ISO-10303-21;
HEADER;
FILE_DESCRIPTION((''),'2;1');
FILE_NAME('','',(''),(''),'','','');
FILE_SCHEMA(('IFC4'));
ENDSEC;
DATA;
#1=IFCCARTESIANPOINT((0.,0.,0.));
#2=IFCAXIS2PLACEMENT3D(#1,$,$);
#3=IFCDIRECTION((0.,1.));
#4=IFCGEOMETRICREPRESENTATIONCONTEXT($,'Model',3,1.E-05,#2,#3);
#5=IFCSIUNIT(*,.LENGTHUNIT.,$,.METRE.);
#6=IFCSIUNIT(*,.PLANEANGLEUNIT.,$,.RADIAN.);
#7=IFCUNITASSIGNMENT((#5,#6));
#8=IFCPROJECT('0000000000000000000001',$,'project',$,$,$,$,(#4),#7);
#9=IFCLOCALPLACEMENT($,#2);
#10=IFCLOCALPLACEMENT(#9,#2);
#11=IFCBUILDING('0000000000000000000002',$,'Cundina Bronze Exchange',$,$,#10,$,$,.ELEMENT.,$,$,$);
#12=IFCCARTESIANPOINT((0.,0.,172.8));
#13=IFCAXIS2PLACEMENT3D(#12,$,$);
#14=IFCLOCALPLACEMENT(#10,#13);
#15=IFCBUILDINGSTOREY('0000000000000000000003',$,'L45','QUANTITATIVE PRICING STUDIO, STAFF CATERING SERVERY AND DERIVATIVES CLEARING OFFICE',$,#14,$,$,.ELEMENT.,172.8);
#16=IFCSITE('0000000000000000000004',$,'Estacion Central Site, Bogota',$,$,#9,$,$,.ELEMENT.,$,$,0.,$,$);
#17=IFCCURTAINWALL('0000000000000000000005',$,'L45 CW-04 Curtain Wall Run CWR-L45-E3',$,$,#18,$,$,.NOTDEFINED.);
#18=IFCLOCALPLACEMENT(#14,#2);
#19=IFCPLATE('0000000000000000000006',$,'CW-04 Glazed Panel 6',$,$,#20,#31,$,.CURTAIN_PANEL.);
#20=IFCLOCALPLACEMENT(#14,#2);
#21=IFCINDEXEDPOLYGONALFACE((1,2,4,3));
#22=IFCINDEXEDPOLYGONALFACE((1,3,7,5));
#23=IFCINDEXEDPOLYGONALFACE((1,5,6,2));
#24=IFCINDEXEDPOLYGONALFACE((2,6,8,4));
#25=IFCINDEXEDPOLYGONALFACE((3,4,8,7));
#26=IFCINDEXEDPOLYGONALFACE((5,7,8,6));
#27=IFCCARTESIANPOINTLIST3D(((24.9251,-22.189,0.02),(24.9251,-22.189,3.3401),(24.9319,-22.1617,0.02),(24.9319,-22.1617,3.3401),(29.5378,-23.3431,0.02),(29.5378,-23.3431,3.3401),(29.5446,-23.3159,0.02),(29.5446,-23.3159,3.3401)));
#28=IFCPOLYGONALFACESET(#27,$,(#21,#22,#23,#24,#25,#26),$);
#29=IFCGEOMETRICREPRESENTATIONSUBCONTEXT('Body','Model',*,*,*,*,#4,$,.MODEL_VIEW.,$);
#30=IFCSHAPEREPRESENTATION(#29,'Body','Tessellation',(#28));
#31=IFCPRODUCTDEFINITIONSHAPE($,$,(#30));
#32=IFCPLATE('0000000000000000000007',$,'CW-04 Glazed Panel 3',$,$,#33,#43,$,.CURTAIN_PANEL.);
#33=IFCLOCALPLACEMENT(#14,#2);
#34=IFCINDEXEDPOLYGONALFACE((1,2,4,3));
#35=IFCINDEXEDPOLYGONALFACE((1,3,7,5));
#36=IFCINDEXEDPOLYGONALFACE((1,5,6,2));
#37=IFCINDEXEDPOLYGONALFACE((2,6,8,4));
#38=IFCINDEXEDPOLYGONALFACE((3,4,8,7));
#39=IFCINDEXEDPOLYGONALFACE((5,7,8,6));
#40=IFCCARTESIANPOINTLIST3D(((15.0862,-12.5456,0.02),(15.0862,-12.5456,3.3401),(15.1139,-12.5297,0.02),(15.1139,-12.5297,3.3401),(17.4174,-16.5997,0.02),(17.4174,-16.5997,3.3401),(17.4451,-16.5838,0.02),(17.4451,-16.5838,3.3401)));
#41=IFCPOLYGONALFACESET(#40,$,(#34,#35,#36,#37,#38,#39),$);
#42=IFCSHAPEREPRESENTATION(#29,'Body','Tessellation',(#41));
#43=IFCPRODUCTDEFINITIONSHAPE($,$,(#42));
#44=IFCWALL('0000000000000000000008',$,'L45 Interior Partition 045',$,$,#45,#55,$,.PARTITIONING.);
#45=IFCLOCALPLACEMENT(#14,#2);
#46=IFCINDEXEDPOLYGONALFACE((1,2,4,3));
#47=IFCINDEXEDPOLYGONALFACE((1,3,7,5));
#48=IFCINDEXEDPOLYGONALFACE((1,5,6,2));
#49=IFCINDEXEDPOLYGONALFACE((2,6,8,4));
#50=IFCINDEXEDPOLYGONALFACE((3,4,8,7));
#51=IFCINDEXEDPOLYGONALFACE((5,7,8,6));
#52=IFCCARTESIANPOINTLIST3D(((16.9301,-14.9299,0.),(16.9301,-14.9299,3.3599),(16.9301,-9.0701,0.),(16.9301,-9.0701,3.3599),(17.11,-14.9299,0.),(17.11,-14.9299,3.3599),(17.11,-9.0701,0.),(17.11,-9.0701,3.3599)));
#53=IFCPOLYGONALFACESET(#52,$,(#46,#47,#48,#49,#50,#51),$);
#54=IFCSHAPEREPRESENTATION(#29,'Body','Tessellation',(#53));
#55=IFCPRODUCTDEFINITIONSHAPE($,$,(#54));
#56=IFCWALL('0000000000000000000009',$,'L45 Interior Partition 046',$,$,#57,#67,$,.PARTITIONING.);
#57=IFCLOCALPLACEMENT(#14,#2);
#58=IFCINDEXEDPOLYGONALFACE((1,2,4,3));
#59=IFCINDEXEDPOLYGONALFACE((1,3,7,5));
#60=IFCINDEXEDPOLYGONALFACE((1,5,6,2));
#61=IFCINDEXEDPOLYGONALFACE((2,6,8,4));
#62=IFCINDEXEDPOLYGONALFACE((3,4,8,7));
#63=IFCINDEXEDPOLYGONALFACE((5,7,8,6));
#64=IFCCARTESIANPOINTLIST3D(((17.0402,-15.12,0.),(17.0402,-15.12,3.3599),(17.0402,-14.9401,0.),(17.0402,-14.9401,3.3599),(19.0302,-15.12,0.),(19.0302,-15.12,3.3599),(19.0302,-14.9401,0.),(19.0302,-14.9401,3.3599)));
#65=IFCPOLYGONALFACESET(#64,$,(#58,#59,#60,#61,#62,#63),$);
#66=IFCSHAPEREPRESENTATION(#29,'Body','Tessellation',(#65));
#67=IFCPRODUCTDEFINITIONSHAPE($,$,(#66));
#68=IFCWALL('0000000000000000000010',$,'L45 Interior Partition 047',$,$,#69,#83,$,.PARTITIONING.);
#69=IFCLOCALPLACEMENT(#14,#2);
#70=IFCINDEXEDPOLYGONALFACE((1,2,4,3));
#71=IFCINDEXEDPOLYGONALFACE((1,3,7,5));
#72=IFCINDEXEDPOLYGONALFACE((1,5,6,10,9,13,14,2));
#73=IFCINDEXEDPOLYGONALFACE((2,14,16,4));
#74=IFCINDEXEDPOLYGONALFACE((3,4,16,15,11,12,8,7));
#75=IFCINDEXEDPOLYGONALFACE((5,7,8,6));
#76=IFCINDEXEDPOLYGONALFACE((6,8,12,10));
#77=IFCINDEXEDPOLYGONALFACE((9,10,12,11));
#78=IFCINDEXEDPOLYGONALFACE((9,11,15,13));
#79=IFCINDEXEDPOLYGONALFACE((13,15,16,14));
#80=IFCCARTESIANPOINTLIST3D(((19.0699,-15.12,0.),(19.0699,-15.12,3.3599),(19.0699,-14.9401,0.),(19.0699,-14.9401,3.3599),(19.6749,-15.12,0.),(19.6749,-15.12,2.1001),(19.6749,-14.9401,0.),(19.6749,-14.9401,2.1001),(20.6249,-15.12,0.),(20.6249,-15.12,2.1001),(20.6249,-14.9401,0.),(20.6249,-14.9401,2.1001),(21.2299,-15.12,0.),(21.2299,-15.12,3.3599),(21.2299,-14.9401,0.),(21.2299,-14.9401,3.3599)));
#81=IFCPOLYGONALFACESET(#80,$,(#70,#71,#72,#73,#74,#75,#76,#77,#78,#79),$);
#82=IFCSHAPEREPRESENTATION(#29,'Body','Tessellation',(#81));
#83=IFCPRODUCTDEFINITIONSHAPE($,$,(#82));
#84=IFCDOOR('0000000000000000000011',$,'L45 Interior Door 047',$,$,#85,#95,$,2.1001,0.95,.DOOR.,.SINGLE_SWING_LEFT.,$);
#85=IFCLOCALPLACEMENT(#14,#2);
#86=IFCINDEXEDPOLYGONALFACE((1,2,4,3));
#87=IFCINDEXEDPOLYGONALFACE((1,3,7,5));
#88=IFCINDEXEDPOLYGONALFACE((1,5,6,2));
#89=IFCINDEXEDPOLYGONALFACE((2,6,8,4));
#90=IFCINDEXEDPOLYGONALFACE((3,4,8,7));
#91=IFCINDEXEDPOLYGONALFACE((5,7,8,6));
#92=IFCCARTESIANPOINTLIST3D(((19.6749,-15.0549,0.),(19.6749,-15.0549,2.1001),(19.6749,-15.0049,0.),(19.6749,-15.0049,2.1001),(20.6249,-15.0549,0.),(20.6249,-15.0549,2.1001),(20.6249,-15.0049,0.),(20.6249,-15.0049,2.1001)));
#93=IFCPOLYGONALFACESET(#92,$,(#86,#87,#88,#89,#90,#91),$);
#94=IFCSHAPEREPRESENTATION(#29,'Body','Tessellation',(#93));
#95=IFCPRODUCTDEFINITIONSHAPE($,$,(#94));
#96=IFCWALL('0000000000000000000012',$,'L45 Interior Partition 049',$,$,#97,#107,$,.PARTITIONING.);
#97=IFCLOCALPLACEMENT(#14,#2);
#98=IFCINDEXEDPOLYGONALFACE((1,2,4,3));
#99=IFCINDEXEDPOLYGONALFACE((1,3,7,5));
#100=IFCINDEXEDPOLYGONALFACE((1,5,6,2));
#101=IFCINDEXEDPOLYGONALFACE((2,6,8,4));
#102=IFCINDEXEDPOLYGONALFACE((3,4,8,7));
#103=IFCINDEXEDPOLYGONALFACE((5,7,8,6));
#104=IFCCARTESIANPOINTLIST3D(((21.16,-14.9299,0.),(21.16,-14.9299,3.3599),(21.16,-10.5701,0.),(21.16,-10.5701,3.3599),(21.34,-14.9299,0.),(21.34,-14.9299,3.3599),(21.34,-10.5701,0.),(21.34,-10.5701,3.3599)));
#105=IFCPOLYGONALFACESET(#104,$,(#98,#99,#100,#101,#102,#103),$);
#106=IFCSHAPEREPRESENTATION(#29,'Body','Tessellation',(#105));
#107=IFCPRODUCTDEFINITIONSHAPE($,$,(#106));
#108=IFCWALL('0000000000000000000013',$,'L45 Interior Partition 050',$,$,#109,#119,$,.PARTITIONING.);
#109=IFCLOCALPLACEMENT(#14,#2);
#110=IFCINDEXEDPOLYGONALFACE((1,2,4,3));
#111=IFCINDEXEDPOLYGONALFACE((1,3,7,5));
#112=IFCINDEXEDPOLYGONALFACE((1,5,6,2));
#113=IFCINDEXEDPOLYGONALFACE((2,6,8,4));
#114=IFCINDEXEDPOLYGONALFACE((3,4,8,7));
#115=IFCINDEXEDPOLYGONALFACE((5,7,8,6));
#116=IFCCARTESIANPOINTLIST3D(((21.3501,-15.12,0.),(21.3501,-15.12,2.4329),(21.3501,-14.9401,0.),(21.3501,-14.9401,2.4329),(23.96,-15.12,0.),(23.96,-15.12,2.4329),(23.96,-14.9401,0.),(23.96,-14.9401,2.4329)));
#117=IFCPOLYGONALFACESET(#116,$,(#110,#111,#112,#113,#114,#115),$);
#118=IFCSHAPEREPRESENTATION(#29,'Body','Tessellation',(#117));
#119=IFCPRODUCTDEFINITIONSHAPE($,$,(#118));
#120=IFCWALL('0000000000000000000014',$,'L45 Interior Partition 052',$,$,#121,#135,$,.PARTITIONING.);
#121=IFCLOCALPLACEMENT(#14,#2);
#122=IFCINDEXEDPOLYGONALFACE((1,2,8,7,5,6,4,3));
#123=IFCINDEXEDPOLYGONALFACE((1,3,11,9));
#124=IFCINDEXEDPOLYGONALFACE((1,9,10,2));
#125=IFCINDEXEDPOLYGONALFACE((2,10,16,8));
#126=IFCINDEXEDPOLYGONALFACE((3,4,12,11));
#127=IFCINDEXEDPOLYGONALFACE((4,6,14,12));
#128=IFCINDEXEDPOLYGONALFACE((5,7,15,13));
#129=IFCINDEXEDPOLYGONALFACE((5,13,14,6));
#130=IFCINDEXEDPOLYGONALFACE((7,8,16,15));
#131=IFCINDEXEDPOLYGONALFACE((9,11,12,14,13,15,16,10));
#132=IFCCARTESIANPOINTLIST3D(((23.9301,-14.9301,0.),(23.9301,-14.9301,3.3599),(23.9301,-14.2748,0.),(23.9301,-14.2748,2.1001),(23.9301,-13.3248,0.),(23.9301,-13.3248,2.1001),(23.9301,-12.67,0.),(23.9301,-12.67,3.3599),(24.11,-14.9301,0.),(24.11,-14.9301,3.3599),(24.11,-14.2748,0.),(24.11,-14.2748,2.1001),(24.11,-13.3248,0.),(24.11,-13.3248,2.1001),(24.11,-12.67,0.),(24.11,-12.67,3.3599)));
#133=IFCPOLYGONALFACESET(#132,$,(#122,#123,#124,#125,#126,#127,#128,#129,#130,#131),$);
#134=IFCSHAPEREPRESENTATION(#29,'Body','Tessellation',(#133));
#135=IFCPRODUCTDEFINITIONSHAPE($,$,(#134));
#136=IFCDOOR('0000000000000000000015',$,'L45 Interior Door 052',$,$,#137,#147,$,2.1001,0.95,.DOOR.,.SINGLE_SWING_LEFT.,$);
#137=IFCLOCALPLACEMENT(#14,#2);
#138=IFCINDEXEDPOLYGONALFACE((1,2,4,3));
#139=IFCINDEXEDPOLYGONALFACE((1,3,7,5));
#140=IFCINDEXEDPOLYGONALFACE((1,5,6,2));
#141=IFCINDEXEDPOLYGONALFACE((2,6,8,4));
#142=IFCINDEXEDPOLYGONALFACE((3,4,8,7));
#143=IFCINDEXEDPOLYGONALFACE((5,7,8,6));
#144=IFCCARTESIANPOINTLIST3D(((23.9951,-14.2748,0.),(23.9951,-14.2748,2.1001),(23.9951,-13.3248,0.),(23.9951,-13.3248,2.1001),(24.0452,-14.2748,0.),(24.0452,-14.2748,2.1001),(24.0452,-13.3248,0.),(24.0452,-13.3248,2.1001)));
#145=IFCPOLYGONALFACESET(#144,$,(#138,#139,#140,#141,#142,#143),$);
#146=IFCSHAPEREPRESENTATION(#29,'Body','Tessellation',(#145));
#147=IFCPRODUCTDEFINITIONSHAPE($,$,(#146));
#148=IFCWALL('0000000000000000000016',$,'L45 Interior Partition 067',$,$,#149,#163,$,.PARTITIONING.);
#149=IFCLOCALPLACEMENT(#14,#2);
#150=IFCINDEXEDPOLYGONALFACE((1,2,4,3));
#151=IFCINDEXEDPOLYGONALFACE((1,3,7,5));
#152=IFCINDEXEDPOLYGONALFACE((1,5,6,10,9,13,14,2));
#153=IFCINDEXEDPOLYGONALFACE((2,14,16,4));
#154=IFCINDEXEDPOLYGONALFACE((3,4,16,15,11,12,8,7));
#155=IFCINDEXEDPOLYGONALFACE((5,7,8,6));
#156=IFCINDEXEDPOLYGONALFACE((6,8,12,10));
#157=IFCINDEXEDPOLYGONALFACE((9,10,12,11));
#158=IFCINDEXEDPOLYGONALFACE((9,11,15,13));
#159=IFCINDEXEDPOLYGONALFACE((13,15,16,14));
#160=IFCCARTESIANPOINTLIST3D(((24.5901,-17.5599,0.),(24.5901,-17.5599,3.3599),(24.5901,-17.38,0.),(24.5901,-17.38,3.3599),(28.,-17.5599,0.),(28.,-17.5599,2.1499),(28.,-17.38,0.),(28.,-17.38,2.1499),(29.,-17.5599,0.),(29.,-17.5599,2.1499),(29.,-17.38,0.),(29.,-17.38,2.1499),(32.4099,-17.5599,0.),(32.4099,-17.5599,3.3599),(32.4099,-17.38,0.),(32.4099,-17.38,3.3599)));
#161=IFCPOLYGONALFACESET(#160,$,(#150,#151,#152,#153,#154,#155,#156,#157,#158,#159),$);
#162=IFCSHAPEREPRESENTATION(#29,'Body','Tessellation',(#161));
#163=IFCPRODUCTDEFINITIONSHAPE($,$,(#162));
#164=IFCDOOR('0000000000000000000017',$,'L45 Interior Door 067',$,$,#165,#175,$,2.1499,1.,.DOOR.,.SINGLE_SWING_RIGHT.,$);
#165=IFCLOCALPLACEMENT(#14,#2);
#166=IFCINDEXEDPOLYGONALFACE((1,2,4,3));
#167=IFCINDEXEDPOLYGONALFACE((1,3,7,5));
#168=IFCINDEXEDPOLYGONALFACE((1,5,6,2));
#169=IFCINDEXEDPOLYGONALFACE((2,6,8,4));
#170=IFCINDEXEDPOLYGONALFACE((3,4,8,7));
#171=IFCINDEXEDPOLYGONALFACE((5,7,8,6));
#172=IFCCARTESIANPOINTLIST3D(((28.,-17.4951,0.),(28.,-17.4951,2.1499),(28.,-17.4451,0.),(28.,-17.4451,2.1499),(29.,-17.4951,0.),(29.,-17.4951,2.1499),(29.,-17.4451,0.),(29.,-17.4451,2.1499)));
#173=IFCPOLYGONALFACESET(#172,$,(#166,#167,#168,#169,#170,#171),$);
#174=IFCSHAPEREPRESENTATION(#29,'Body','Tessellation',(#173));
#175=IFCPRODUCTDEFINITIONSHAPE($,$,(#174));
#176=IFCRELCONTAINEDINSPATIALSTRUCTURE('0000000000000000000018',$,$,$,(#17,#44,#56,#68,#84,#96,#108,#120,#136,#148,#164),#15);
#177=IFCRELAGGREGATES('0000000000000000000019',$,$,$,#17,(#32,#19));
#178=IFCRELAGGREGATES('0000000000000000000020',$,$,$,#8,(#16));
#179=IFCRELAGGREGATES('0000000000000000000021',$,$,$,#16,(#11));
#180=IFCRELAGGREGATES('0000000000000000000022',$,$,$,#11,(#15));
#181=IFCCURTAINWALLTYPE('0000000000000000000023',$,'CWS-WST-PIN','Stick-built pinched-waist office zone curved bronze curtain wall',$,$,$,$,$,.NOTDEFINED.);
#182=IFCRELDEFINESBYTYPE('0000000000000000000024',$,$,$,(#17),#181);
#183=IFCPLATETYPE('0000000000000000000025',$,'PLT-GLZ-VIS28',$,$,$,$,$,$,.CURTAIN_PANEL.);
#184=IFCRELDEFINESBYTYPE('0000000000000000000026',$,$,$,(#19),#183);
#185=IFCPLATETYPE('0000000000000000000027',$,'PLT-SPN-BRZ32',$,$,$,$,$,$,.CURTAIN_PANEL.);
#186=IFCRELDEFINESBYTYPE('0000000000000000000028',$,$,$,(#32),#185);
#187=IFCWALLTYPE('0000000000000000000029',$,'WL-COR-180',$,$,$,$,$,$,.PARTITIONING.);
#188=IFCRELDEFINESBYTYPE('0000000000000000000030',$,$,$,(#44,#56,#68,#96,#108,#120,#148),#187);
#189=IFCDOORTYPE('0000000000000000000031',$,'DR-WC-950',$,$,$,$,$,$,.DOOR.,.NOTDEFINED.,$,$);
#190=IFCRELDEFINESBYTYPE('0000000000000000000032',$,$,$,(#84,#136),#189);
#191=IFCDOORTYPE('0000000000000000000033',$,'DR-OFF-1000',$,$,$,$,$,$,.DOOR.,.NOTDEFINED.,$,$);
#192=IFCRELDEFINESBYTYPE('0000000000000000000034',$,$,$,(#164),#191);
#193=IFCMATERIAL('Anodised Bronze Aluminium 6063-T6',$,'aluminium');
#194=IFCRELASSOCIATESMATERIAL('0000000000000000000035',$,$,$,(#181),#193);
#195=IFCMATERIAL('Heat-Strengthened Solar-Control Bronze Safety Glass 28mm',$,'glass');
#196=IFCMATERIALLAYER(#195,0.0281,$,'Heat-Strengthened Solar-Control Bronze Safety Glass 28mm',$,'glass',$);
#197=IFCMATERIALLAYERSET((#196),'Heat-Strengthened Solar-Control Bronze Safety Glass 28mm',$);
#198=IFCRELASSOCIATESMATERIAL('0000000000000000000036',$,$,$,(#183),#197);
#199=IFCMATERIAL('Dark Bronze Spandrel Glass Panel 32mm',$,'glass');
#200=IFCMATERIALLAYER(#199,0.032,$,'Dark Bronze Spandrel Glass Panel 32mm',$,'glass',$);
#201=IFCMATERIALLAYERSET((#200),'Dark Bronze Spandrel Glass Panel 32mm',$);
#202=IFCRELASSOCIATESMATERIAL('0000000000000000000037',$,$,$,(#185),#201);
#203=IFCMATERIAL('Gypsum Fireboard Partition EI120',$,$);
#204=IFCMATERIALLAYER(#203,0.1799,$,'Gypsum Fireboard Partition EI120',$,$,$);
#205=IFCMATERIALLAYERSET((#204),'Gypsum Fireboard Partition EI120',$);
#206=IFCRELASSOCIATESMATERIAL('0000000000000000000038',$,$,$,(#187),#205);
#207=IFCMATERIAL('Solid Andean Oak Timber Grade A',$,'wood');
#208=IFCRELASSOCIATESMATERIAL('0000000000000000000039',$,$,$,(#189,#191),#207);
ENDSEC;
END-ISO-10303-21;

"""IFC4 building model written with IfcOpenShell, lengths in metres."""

from ifc_helpers import new_model, si_unit, direction, frame, frame_2d, origin, origin_2d, place, context, subcontext, project, spatial, rectangle, extrude, material, layer, layer_set, type_object, element, fill, aggregate, save


model = new_model("IFC4")

# Units and contexts
model_context = context("Model", 3, precision=1e-05, world=origin(), true_north=direction((0.0, 1.0)))
body_context = subcontext(model_context, "Body", "Model", "MODEL_VIEW")
ifc_project = project(units=[si_unit("LENGTHUNIT", "METRE"), si_unit("PLANEANGLEUNIT", "RADIAN")], contexts=[model_context])

# Site, building, storey
site_placement = place(None, origin())
site = spatial("IfcSite", under=ifc_project, at=site_placement, Name="Estacion Central Site, Bogota", CompositionType="ELEMENT", RefElevation=0.0)
building_placement = place(site_placement, origin())
building = spatial("IfcBuilding", under=site, at=building_placement, Name="Cundina Bronze Exchange", CompositionType="ELEMENT")
storey_placement = place(building_placement, frame((0.0, 0.0, 172.8)))
storey = spatial("IfcBuildingStorey", under=building, at=storey_placement, Name="L45", Description="QUANTITATIVE PRICING STUDIO, STAFF CATERING SERVERY AND DERIVATIVES CLEARING OFFICE", CompositionType="ELEMENT", Elevation=172.8)

# Curtain wall, plates
ifc_material_1 = material(Name="Anodised Bronze Aluminium 6063-T6", Category="aluminium")
curtain_wall_type = type_object("IfcCurtainWallType", Name="CWS-WST-PIN", Description="Stick-built pinched-waist office zone curved bronze curtain wall", PredefinedType="NOTDEFINED", material=ifc_material_1)
curtain_wall_placement = place(storey_placement, origin())
curtain_wall = element("IfcCurtainWall", 1, at=curtain_wall_placement, inside=storey, type_object=curtain_wall_type, Name="L45 CW-04 Curtain Wall Run CWR-L45-E3", PredefinedType="NOTDEFINED")
ifc_material_2 = material(Name="Heat-Strengthened Solar-Control Bronze Safety Glass 28mm", Category="glass")
ifc_layer_1 = layer(ifc_material_2, 0.0281, Name="Heat-Strengthened Solar-Control Bronze Safety Glass 28mm", Category="glass")
ifc_layer_set_1 = layer_set([ifc_layer_1], Name="Heat-Strengthened Solar-Control Bronze Safety Glass 28mm")
plate_type_1 = type_object("IfcPlateType", Name="PLT-GLZ-VIS28", PredefinedType="CURTAIN_PANEL", material=ifc_layer_set_1)
plate_1_placement = place(storey_placement, frame((27.2349, -22.7524, 0.02), z_axis=(0.0, 0.0, 1.0), x_axis=(0.970093, -0.242735, 0.0)))
plate_1 = element("IfcPlate", 2, at=plate_1_placement, type_object=plate_type_1, Name="CW-04 Glazed Panel 6", PredefinedType="CURTAIN_PANEL", context=body_context, shape_type="SweptSolid", body=[
    extrude(rectangle(XDim=4.7549, YDim=0.0281, at=origin_2d()), origin(), (0.0, 0.0, 1.0), 3.3201),
])
ifc_material_3 = material(Name="Dark Bronze Spandrel Glass Panel 32mm", Category="glass")
ifc_layer_2 = layer(ifc_material_3, 0.032, Name="Dark Bronze Spandrel Glass Panel 32mm", Category="glass")
ifc_layer_set_2 = layer_set([ifc_layer_2], Name="Dark Bronze Spandrel Glass Panel 32mm")
plate_type_2 = type_object("IfcPlateType", Name="PLT-SPN-BRZ32", PredefinedType="CURTAIN_PANEL", material=ifc_layer_set_2)
plate_2_placement = place(storey_placement, frame((16.2656, -14.5647, 0.02), z_axis=(0.0, 0.0, 1.0), x_axis=(0.498488, -0.866897, 0.0)))
plate_2 = element("IfcPlate", 3, at=plate_2_placement, type_object=plate_type_2, Name="CW-04 Glazed Panel 3", PredefinedType="CURTAIN_PANEL", context=body_context, shape_type="SweptSolid", body=[
    extrude(rectangle(XDim=4.6765, YDim=0.032, at=origin_2d()), origin(), (0.0, 0.0, 1.0), 3.3201),
])
aggregate(curtain_wall, [plate_2, plate_1])

# Walls
ifc_material_4 = material(Name="Gypsum Fireboard Partition EI120")
ifc_layer_3 = layer(ifc_material_4, 0.1799, Name="Gypsum Fireboard Partition EI120")
ifc_layer_set_3 = layer_set([ifc_layer_3], Name="Gypsum Fireboard Partition EI120")
wall_type_1 = type_object("IfcWallType", Name="WL-COR-180", PredefinedType="PARTITIONING", material=ifc_layer_set_3)
wall_1_placement = place(storey_placement, frame((17.02, -14.9299, 0.0), z_axis=(0.0, 0.0, 1.0), x_axis=(0.0, 1.0, 0.0)))
element("IfcWall", 4, at=wall_1_placement, inside=storey, type_object=wall_type_1, Name="L45 Interior Partition 045", PredefinedType="PARTITIONING", context=body_context, shape_type="SweptSolid", body=[
    extrude(rectangle(XDim=5.8599, YDim=0.1799, at=frame_2d((2.9299, 0.0))), origin(), (0.0, 0.0, 1.0), 3.3599),
])
wall_2_placement = place(storey_placement, frame((17.04, -15.03, 0.0), z_axis=(0.0, 0.0, 1.0), x_axis=(1.0, 0.0, 0.0)))
element("IfcWall", 5, at=wall_2_placement, inside=storey, type_object=wall_type_1, Name="L45 Interior Partition 046", PredefinedType="PARTITIONING", context=body_context, shape_type="SweptSolid", body=[
    extrude(rectangle(XDim=1.99, YDim=0.1799, at=frame_2d((0.9951, 0.0))), origin(), (0.0, 0.0, 1.0), 3.3599),
])

# Wall, opening, door
wall_3_placement = place(storey_placement, frame((21.23, -15.03, 0.0), z_axis=(0.0, 0.0, 1.0), x_axis=(-1.0, 0.0, 0.0)))
wall_3 = element("IfcWall", 6, at=wall_3_placement, inside=storey, type_object=wall_type_1, Name="L45 Interior Partition 047", PredefinedType="PARTITIONING", context=body_context, shape_type="SweptSolid", body=[
    extrude(rectangle(XDim=2.1599, YDim=0.1799, at=frame_2d((1.0801, 0.0))), origin(), (0.0, 0.0, 1.0), 3.3599),
])
opening_1_placement = place(wall_3_placement, frame((0.605, 0.0, 0.0)))
opening_1 = element("IfcOpeningElement", 7, at=opening_1_placement, cuts=wall_3, PredefinedType="OPENING", context=body_context, shape_type="SweptSolid", body=[
    extrude(rectangle(XDim=0.95, YDim=2.1001, at=frame_2d((0.4751, 1.05))), frame((0.0, 0.0999, 0.0), z_axis=(0.0, -1.0, 0.0), x_axis=(1.0, 0.0, 0.0)), (0.0, 0.0, 1.0), 0.2),
])
ifc_material_5 = material(Name="Solid Andean Oak Timber Grade A", Category="wood")
door_type_1 = type_object("IfcDoorType", Name="DR-WC-950", OperationType="NOTDEFINED", PredefinedType="DOOR", material=ifc_material_5)
door_1_placement = place(opening_1_placement, origin())
door_1 = element("IfcDoor", 8, at=door_1_placement, inside=storey, type_object=door_type_1, Name="L45 Interior Door 047", OperationType="SINGLE_SWING_LEFT", OverallHeight=2.1001, OverallWidth=0.95, PredefinedType="DOOR", context=body_context, shape_type="SweptSolid", body=[
    extrude(rectangle(XDim=0.95, YDim=2.1001, at=frame_2d((0.4751, 1.05))), frame((0.0, 0.0249, 0.0), z_axis=(0.0, -1.0, 0.0), x_axis=(1.0, 0.0, 0.0)), (0.0, 0.0, 1.0), 0.05),
])
fill(opening_1, door_1)

# Walls
wall_4_placement = place(storey_placement, frame((21.25, -14.9299, 0.0), z_axis=(0.0, 0.0, 1.0), x_axis=(0.0, 1.0, 0.0)))
element("IfcWall", 9, at=wall_4_placement, inside=storey, type_object=wall_type_1, Name="L45 Interior Partition 049", PredefinedType="PARTITIONING", context=body_context, shape_type="SweptSolid", body=[
    extrude(rectangle(XDim=4.3599, YDim=0.1799, at=frame_2d((2.1799, 0.0))), origin(), (0.0, 0.0, 1.0), 3.3599),
])
wall_5_placement = place(storey_placement, frame((21.3501, -15.03, 0.0), z_axis=(0.0, 0.0, 1.0), x_axis=(1.0, 0.0, 0.0)))
element("IfcWall", 10, at=wall_5_placement, inside=storey, type_object=wall_type_1, Name="L45 Interior Partition 050", PredefinedType="PARTITIONING", context=body_context, shape_type="SweptSolid", body=[
    extrude(rectangle(XDim=2.6099, YDim=0.1799, at=frame_2d((1.3049, 0.0))), origin(), (0.0, 0.0, 1.0), 2.4329),
])

# Walls, openings, doors
wall_6_placement = place(storey_placement, frame((24.02, -14.9299, 0.0), z_axis=(0.0, 0.0, 1.0), x_axis=(0.0, 1.0, 0.0)))
wall_6 = element("IfcWall", 11, at=wall_6_placement, inside=storey, type_object=wall_type_1, Name="L45 Interior Partition 052", PredefinedType="PARTITIONING", context=body_context, shape_type="SweptSolid", body=[
    extrude(rectangle(XDim=2.26, YDim=0.1799, at=frame_2d((1.1299, 0.0))), origin(), (0.0, 0.0, 1.0), 3.3599),
])
opening_2_placement = place(wall_6_placement, frame((0.655, 0.0, 0.0)))
opening_2 = element("IfcOpeningElement", 12, at=opening_2_placement, cuts=wall_6, PredefinedType="OPENING", context=body_context, shape_type="SweptSolid", body=[
    extrude(rectangle(XDim=0.95, YDim=2.1001, at=frame_2d((0.4751, 1.05))), frame((0.0, 0.0999, 0.0), z_axis=(0.0, -1.0, 0.0), x_axis=(1.0, 0.0, 0.0)), (0.0, 0.0, 1.0), 0.2),
])
door_2_placement = place(opening_2_placement, origin())
door_2 = element("IfcDoor", 13, at=door_2_placement, inside=storey, type_object=door_type_1, Name="L45 Interior Door 052", OperationType="SINGLE_SWING_LEFT", OverallHeight=2.1001, OverallWidth=0.95, PredefinedType="DOOR", context=body_context, shape_type="SweptSolid", body=[
    extrude(rectangle(XDim=0.95, YDim=2.1001, at=frame_2d((0.4751, 1.05))), frame((0.0, 0.0249, 0.0), z_axis=(0.0, -1.0, 0.0), x_axis=(1.0, 0.0, 0.0)), (0.0, 0.0, 1.0), 0.05),
])
fill(opening_2, door_2)
wall_7_placement = place(storey_placement, frame((24.5901, -17.47, 0.0), z_axis=(0.0, 0.0, 1.0), x_axis=(1.0, 0.0, 0.0)))
wall_7 = element("IfcWall", 14, at=wall_7_placement, inside=storey, type_object=wall_type_1, Name="L45 Interior Partition 067", PredefinedType="PARTITIONING", context=body_context, shape_type="SweptSolid", body=[
    extrude(rectangle(XDim=7.8198, YDim=0.1799, at=frame_2d((3.9099, 0.0))), origin(), (0.0, 0.0, 1.0), 3.3599),
])
opening_3_placement = place(wall_7_placement, frame((3.4099, 0.0, 0.0)))
opening_3 = element("IfcOpeningElement", 15, at=opening_3_placement, cuts=wall_7, PredefinedType="OPENING", context=body_context, shape_type="SweptSolid", body=[
    extrude(rectangle(XDim=1.0, YDim=2.1499, at=frame_2d((0.5, 1.075))), frame((0.0, 0.0999, 0.0), z_axis=(0.0, -1.0, 0.0), x_axis=(1.0, 0.0, 0.0)), (0.0, 0.0, 1.0), 0.2),
])
door_type_2 = type_object("IfcDoorType", Name="DR-OFF-1000", OperationType="NOTDEFINED", PredefinedType="DOOR", material=ifc_material_5)
door_3_placement = place(opening_3_placement, origin())
door_3 = element("IfcDoor", 16, at=door_3_placement, inside=storey, type_object=door_type_2, Name="L45 Interior Door 067", OperationType="SINGLE_SWING_RIGHT", OverallHeight=2.1499, OverallWidth=1.0, PredefinedType="DOOR", context=body_context, shape_type="SweptSolid", body=[
    extrude(rectangle(XDim=1.0, YDim=2.1499, at=frame_2d((0.5, 1.075))), frame((0.0, 0.0249, 0.0), z_axis=(0.0, -1.0, 0.0), x_axis=(1.0, 0.0, 0.0)), (0.0, 0.0, 1.0), 0.05),
])
fill(opening_3, door_3)

save(model, "model.ifc")
